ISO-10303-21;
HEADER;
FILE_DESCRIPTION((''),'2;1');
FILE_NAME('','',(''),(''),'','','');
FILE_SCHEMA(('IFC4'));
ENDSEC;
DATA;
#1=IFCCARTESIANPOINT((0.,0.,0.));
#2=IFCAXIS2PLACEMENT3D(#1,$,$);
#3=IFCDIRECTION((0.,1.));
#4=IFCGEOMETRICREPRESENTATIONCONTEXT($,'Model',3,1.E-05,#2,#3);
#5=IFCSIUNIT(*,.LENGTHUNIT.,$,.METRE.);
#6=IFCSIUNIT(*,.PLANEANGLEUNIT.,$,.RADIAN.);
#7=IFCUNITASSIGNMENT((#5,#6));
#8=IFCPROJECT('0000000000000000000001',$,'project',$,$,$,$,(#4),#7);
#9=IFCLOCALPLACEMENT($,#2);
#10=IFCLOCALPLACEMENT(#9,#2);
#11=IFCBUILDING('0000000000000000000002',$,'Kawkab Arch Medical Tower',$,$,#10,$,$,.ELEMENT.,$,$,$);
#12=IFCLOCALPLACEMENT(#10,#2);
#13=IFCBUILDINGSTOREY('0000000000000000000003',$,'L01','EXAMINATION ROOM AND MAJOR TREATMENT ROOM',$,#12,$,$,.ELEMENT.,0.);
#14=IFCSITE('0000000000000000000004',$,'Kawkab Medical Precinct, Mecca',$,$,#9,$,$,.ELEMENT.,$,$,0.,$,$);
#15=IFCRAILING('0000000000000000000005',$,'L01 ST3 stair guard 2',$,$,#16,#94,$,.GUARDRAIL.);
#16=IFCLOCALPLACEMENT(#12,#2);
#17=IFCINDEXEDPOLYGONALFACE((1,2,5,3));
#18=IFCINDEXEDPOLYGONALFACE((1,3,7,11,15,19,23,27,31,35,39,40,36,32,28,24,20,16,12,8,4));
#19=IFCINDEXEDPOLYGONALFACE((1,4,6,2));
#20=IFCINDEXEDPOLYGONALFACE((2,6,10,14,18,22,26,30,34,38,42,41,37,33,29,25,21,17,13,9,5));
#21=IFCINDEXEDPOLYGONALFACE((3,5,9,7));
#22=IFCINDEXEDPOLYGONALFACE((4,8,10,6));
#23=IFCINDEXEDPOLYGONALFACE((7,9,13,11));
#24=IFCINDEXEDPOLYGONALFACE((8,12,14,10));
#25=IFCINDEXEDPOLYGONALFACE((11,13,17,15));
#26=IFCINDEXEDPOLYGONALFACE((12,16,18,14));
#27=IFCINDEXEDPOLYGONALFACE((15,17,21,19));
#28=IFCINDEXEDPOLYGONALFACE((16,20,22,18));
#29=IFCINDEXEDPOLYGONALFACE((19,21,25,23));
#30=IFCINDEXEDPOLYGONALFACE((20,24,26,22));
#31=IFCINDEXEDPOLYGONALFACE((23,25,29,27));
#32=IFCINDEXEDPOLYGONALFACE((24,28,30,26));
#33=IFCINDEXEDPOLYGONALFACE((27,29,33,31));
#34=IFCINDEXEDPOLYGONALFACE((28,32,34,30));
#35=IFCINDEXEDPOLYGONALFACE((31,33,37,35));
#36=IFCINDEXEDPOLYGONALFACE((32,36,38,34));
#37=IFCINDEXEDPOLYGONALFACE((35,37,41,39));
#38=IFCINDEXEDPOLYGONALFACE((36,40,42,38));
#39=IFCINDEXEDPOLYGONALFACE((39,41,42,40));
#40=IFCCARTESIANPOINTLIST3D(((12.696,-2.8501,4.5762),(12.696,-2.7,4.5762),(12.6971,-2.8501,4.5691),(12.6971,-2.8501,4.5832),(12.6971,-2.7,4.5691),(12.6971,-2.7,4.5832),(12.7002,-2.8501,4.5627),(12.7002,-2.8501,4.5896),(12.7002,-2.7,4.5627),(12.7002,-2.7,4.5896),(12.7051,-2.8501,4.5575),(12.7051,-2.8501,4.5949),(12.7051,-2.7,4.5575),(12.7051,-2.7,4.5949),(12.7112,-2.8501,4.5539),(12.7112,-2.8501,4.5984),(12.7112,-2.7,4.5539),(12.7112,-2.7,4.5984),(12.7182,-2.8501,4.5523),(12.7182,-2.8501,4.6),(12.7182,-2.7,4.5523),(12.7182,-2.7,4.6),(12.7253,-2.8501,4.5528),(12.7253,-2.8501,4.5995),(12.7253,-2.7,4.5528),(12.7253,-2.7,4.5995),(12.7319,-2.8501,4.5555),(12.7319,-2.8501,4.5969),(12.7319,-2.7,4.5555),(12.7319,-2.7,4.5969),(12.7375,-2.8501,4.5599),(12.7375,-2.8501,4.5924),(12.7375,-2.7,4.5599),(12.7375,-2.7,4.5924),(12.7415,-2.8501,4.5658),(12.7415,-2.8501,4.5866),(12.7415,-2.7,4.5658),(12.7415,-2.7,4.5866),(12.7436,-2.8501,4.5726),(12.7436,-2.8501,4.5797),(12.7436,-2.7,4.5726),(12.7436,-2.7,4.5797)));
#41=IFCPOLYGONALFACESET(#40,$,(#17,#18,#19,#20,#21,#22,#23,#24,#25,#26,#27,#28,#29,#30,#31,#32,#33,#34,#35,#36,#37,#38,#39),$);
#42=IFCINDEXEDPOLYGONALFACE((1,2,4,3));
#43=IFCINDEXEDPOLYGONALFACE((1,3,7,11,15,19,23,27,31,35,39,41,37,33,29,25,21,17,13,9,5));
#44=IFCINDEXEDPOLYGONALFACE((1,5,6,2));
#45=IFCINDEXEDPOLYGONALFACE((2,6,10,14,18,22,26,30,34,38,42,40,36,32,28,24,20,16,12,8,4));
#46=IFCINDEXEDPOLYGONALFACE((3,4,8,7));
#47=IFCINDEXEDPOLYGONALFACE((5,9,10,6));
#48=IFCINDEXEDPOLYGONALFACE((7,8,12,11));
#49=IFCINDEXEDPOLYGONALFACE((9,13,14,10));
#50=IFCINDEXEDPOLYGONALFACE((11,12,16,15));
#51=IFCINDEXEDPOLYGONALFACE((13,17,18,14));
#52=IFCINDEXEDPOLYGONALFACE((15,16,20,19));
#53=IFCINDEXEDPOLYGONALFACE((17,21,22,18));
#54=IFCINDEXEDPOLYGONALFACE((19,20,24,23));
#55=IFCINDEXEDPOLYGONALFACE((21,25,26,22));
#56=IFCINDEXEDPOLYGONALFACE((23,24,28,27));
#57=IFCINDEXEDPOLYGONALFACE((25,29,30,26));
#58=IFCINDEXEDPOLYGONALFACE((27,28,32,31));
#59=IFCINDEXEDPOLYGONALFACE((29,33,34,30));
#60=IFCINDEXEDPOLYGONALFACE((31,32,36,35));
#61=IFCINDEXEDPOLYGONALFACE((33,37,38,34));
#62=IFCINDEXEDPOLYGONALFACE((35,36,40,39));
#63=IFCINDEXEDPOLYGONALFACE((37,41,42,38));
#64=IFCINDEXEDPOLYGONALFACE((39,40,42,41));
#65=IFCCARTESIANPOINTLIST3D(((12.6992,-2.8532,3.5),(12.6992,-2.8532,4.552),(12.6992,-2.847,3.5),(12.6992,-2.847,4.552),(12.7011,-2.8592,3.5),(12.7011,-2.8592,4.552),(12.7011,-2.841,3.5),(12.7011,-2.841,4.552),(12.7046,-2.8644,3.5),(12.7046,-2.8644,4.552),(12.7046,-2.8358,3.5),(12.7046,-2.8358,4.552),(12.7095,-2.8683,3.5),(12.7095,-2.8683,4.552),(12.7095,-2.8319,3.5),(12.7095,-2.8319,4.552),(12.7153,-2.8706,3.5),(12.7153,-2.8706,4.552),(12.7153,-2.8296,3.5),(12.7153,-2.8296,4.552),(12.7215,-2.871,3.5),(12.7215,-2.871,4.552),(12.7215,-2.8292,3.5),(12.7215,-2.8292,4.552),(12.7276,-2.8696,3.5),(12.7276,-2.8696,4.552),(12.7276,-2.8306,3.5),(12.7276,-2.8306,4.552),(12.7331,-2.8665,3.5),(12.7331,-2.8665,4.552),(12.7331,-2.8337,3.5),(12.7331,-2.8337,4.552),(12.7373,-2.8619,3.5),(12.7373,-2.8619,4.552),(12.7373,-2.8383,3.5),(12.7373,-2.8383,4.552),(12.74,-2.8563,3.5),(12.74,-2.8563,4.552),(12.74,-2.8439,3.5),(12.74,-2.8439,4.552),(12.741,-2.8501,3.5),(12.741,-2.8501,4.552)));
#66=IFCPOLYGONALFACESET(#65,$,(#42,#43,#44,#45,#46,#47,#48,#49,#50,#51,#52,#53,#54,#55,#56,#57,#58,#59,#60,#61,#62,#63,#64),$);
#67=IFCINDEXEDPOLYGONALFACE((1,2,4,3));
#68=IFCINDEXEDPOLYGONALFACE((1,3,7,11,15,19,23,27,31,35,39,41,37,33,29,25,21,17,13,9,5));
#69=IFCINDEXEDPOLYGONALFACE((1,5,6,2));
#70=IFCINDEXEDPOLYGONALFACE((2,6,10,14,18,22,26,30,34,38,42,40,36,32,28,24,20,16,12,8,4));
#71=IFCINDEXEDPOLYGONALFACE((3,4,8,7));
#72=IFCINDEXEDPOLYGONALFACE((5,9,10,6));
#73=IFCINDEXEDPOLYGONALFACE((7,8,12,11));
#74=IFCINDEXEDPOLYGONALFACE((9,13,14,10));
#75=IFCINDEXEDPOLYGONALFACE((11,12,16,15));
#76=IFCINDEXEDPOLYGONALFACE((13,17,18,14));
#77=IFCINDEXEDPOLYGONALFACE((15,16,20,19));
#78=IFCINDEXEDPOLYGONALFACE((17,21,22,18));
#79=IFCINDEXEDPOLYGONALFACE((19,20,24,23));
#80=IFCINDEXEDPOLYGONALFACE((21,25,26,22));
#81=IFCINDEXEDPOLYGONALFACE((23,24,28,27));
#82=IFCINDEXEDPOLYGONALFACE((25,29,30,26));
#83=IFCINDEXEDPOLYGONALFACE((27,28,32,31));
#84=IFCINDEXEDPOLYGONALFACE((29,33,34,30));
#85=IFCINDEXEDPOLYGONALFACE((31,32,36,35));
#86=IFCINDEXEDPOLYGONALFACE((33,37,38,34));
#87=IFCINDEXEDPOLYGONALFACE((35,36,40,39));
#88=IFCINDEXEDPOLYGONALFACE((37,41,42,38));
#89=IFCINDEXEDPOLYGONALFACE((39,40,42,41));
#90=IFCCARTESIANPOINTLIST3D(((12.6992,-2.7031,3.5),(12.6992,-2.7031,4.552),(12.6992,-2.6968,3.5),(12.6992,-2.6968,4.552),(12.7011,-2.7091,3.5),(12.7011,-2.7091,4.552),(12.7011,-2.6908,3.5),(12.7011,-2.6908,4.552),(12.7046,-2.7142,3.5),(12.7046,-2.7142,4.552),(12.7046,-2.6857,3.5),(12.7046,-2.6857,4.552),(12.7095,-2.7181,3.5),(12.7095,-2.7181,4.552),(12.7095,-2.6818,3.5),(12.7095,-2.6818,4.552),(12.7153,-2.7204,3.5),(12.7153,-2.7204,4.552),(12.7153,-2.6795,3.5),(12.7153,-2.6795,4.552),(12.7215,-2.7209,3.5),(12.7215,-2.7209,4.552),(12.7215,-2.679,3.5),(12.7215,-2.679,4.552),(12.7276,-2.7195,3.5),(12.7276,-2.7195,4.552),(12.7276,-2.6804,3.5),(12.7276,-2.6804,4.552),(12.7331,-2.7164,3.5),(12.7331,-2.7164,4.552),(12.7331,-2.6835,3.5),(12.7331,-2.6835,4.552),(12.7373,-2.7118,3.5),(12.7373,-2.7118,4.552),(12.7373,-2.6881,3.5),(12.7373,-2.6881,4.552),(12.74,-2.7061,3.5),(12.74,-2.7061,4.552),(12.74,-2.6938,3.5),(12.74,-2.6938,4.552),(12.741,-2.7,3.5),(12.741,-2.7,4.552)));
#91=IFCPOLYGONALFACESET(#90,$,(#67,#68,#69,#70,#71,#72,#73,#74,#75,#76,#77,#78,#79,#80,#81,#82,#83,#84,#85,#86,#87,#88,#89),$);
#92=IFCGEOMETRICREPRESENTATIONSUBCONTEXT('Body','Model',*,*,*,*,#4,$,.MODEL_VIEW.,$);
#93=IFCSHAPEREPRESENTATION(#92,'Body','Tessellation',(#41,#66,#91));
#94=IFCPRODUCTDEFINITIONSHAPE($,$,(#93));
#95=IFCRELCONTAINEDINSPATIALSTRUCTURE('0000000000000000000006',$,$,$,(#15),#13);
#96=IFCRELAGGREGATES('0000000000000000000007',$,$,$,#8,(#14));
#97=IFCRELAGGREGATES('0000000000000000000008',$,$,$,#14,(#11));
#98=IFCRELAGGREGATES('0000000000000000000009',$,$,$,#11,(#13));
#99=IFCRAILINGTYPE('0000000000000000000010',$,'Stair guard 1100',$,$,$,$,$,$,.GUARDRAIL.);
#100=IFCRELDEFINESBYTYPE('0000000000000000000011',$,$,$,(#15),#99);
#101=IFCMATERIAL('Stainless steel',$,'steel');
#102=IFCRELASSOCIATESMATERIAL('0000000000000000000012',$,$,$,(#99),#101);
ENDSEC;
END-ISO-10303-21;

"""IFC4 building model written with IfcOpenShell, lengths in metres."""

from ifc_helpers import new_model, si_unit, direction, frame, origin, origin_2d, place, context, subcontext, project, spatial, circle, extrude, material, type_object, element, save


model = new_model("IFC4")

# Units and contexts
model_context = context("Model", 3, precision=1e-05, world=origin(), true_north=direction((0.0, 1.0)))
body_context = subcontext(model_context, "Body", "Model", "MODEL_VIEW")
ifc_project = project(units=[si_unit("LENGTHUNIT", "METRE"), si_unit("PLANEANGLEUNIT", "RADIAN")], contexts=[model_context])

# Site, building, storey
site_placement = place(None, origin())
site = spatial("IfcSite", under=ifc_project, at=site_placement, Name="Kawkab Medical Precinct, Mecca", CompositionType="ELEMENT", RefElevation=0.0)
building_placement = place(site_placement, origin())
building = spatial("IfcBuilding", under=site, at=building_placement, Name="Kawkab Arch Medical Tower", CompositionType="ELEMENT")
storey_placement = place(building_placement, origin())
storey = spatial("IfcBuildingStorey", under=building, at=storey_placement, Name="L01", Description="EXAMINATION ROOM AND MAJOR TREATMENT ROOM", CompositionType="ELEMENT", Elevation=0.0)

# Railing
ifc_material_1 = material(Name="Stainless steel", Category="steel")
railing_type = type_object("IfcRailingType", Name="Stair guard 1100", PredefinedType="GUARDRAIL", material=ifc_material_1)
railing_1_placement = place(storey_placement, frame((12.72, -2.8501, 3.5)))
element("IfcRailing", 1, at=railing_1_placement, inside=storey, type_object=railing_type, Name="L01 ST3 stair guard 2", PredefinedType="GUARDRAIL", context=body_context, shape_type="SweptSolid", body=[
    extrude(circle(Radius=0.0239, at=origin_2d()), frame((0.0, 0.0, 1.0762), z_axis=(0.0, 1.0, 0.0), x_axis=(-1.0, 0.0, 0.0)), (0.0, 0.0, 1.0), 0.1501),
    extrude(circle(Radius=0.021, at=origin_2d()), origin(), (0.0, 0.0, 1.0), 1.052),
    extrude(circle(Radius=0.021, at=origin_2d()), frame((0.0, 0.1501, 0.0)), (0.0, 0.0, 1.0), 1.052),
])

save(model, "model.ifc")
